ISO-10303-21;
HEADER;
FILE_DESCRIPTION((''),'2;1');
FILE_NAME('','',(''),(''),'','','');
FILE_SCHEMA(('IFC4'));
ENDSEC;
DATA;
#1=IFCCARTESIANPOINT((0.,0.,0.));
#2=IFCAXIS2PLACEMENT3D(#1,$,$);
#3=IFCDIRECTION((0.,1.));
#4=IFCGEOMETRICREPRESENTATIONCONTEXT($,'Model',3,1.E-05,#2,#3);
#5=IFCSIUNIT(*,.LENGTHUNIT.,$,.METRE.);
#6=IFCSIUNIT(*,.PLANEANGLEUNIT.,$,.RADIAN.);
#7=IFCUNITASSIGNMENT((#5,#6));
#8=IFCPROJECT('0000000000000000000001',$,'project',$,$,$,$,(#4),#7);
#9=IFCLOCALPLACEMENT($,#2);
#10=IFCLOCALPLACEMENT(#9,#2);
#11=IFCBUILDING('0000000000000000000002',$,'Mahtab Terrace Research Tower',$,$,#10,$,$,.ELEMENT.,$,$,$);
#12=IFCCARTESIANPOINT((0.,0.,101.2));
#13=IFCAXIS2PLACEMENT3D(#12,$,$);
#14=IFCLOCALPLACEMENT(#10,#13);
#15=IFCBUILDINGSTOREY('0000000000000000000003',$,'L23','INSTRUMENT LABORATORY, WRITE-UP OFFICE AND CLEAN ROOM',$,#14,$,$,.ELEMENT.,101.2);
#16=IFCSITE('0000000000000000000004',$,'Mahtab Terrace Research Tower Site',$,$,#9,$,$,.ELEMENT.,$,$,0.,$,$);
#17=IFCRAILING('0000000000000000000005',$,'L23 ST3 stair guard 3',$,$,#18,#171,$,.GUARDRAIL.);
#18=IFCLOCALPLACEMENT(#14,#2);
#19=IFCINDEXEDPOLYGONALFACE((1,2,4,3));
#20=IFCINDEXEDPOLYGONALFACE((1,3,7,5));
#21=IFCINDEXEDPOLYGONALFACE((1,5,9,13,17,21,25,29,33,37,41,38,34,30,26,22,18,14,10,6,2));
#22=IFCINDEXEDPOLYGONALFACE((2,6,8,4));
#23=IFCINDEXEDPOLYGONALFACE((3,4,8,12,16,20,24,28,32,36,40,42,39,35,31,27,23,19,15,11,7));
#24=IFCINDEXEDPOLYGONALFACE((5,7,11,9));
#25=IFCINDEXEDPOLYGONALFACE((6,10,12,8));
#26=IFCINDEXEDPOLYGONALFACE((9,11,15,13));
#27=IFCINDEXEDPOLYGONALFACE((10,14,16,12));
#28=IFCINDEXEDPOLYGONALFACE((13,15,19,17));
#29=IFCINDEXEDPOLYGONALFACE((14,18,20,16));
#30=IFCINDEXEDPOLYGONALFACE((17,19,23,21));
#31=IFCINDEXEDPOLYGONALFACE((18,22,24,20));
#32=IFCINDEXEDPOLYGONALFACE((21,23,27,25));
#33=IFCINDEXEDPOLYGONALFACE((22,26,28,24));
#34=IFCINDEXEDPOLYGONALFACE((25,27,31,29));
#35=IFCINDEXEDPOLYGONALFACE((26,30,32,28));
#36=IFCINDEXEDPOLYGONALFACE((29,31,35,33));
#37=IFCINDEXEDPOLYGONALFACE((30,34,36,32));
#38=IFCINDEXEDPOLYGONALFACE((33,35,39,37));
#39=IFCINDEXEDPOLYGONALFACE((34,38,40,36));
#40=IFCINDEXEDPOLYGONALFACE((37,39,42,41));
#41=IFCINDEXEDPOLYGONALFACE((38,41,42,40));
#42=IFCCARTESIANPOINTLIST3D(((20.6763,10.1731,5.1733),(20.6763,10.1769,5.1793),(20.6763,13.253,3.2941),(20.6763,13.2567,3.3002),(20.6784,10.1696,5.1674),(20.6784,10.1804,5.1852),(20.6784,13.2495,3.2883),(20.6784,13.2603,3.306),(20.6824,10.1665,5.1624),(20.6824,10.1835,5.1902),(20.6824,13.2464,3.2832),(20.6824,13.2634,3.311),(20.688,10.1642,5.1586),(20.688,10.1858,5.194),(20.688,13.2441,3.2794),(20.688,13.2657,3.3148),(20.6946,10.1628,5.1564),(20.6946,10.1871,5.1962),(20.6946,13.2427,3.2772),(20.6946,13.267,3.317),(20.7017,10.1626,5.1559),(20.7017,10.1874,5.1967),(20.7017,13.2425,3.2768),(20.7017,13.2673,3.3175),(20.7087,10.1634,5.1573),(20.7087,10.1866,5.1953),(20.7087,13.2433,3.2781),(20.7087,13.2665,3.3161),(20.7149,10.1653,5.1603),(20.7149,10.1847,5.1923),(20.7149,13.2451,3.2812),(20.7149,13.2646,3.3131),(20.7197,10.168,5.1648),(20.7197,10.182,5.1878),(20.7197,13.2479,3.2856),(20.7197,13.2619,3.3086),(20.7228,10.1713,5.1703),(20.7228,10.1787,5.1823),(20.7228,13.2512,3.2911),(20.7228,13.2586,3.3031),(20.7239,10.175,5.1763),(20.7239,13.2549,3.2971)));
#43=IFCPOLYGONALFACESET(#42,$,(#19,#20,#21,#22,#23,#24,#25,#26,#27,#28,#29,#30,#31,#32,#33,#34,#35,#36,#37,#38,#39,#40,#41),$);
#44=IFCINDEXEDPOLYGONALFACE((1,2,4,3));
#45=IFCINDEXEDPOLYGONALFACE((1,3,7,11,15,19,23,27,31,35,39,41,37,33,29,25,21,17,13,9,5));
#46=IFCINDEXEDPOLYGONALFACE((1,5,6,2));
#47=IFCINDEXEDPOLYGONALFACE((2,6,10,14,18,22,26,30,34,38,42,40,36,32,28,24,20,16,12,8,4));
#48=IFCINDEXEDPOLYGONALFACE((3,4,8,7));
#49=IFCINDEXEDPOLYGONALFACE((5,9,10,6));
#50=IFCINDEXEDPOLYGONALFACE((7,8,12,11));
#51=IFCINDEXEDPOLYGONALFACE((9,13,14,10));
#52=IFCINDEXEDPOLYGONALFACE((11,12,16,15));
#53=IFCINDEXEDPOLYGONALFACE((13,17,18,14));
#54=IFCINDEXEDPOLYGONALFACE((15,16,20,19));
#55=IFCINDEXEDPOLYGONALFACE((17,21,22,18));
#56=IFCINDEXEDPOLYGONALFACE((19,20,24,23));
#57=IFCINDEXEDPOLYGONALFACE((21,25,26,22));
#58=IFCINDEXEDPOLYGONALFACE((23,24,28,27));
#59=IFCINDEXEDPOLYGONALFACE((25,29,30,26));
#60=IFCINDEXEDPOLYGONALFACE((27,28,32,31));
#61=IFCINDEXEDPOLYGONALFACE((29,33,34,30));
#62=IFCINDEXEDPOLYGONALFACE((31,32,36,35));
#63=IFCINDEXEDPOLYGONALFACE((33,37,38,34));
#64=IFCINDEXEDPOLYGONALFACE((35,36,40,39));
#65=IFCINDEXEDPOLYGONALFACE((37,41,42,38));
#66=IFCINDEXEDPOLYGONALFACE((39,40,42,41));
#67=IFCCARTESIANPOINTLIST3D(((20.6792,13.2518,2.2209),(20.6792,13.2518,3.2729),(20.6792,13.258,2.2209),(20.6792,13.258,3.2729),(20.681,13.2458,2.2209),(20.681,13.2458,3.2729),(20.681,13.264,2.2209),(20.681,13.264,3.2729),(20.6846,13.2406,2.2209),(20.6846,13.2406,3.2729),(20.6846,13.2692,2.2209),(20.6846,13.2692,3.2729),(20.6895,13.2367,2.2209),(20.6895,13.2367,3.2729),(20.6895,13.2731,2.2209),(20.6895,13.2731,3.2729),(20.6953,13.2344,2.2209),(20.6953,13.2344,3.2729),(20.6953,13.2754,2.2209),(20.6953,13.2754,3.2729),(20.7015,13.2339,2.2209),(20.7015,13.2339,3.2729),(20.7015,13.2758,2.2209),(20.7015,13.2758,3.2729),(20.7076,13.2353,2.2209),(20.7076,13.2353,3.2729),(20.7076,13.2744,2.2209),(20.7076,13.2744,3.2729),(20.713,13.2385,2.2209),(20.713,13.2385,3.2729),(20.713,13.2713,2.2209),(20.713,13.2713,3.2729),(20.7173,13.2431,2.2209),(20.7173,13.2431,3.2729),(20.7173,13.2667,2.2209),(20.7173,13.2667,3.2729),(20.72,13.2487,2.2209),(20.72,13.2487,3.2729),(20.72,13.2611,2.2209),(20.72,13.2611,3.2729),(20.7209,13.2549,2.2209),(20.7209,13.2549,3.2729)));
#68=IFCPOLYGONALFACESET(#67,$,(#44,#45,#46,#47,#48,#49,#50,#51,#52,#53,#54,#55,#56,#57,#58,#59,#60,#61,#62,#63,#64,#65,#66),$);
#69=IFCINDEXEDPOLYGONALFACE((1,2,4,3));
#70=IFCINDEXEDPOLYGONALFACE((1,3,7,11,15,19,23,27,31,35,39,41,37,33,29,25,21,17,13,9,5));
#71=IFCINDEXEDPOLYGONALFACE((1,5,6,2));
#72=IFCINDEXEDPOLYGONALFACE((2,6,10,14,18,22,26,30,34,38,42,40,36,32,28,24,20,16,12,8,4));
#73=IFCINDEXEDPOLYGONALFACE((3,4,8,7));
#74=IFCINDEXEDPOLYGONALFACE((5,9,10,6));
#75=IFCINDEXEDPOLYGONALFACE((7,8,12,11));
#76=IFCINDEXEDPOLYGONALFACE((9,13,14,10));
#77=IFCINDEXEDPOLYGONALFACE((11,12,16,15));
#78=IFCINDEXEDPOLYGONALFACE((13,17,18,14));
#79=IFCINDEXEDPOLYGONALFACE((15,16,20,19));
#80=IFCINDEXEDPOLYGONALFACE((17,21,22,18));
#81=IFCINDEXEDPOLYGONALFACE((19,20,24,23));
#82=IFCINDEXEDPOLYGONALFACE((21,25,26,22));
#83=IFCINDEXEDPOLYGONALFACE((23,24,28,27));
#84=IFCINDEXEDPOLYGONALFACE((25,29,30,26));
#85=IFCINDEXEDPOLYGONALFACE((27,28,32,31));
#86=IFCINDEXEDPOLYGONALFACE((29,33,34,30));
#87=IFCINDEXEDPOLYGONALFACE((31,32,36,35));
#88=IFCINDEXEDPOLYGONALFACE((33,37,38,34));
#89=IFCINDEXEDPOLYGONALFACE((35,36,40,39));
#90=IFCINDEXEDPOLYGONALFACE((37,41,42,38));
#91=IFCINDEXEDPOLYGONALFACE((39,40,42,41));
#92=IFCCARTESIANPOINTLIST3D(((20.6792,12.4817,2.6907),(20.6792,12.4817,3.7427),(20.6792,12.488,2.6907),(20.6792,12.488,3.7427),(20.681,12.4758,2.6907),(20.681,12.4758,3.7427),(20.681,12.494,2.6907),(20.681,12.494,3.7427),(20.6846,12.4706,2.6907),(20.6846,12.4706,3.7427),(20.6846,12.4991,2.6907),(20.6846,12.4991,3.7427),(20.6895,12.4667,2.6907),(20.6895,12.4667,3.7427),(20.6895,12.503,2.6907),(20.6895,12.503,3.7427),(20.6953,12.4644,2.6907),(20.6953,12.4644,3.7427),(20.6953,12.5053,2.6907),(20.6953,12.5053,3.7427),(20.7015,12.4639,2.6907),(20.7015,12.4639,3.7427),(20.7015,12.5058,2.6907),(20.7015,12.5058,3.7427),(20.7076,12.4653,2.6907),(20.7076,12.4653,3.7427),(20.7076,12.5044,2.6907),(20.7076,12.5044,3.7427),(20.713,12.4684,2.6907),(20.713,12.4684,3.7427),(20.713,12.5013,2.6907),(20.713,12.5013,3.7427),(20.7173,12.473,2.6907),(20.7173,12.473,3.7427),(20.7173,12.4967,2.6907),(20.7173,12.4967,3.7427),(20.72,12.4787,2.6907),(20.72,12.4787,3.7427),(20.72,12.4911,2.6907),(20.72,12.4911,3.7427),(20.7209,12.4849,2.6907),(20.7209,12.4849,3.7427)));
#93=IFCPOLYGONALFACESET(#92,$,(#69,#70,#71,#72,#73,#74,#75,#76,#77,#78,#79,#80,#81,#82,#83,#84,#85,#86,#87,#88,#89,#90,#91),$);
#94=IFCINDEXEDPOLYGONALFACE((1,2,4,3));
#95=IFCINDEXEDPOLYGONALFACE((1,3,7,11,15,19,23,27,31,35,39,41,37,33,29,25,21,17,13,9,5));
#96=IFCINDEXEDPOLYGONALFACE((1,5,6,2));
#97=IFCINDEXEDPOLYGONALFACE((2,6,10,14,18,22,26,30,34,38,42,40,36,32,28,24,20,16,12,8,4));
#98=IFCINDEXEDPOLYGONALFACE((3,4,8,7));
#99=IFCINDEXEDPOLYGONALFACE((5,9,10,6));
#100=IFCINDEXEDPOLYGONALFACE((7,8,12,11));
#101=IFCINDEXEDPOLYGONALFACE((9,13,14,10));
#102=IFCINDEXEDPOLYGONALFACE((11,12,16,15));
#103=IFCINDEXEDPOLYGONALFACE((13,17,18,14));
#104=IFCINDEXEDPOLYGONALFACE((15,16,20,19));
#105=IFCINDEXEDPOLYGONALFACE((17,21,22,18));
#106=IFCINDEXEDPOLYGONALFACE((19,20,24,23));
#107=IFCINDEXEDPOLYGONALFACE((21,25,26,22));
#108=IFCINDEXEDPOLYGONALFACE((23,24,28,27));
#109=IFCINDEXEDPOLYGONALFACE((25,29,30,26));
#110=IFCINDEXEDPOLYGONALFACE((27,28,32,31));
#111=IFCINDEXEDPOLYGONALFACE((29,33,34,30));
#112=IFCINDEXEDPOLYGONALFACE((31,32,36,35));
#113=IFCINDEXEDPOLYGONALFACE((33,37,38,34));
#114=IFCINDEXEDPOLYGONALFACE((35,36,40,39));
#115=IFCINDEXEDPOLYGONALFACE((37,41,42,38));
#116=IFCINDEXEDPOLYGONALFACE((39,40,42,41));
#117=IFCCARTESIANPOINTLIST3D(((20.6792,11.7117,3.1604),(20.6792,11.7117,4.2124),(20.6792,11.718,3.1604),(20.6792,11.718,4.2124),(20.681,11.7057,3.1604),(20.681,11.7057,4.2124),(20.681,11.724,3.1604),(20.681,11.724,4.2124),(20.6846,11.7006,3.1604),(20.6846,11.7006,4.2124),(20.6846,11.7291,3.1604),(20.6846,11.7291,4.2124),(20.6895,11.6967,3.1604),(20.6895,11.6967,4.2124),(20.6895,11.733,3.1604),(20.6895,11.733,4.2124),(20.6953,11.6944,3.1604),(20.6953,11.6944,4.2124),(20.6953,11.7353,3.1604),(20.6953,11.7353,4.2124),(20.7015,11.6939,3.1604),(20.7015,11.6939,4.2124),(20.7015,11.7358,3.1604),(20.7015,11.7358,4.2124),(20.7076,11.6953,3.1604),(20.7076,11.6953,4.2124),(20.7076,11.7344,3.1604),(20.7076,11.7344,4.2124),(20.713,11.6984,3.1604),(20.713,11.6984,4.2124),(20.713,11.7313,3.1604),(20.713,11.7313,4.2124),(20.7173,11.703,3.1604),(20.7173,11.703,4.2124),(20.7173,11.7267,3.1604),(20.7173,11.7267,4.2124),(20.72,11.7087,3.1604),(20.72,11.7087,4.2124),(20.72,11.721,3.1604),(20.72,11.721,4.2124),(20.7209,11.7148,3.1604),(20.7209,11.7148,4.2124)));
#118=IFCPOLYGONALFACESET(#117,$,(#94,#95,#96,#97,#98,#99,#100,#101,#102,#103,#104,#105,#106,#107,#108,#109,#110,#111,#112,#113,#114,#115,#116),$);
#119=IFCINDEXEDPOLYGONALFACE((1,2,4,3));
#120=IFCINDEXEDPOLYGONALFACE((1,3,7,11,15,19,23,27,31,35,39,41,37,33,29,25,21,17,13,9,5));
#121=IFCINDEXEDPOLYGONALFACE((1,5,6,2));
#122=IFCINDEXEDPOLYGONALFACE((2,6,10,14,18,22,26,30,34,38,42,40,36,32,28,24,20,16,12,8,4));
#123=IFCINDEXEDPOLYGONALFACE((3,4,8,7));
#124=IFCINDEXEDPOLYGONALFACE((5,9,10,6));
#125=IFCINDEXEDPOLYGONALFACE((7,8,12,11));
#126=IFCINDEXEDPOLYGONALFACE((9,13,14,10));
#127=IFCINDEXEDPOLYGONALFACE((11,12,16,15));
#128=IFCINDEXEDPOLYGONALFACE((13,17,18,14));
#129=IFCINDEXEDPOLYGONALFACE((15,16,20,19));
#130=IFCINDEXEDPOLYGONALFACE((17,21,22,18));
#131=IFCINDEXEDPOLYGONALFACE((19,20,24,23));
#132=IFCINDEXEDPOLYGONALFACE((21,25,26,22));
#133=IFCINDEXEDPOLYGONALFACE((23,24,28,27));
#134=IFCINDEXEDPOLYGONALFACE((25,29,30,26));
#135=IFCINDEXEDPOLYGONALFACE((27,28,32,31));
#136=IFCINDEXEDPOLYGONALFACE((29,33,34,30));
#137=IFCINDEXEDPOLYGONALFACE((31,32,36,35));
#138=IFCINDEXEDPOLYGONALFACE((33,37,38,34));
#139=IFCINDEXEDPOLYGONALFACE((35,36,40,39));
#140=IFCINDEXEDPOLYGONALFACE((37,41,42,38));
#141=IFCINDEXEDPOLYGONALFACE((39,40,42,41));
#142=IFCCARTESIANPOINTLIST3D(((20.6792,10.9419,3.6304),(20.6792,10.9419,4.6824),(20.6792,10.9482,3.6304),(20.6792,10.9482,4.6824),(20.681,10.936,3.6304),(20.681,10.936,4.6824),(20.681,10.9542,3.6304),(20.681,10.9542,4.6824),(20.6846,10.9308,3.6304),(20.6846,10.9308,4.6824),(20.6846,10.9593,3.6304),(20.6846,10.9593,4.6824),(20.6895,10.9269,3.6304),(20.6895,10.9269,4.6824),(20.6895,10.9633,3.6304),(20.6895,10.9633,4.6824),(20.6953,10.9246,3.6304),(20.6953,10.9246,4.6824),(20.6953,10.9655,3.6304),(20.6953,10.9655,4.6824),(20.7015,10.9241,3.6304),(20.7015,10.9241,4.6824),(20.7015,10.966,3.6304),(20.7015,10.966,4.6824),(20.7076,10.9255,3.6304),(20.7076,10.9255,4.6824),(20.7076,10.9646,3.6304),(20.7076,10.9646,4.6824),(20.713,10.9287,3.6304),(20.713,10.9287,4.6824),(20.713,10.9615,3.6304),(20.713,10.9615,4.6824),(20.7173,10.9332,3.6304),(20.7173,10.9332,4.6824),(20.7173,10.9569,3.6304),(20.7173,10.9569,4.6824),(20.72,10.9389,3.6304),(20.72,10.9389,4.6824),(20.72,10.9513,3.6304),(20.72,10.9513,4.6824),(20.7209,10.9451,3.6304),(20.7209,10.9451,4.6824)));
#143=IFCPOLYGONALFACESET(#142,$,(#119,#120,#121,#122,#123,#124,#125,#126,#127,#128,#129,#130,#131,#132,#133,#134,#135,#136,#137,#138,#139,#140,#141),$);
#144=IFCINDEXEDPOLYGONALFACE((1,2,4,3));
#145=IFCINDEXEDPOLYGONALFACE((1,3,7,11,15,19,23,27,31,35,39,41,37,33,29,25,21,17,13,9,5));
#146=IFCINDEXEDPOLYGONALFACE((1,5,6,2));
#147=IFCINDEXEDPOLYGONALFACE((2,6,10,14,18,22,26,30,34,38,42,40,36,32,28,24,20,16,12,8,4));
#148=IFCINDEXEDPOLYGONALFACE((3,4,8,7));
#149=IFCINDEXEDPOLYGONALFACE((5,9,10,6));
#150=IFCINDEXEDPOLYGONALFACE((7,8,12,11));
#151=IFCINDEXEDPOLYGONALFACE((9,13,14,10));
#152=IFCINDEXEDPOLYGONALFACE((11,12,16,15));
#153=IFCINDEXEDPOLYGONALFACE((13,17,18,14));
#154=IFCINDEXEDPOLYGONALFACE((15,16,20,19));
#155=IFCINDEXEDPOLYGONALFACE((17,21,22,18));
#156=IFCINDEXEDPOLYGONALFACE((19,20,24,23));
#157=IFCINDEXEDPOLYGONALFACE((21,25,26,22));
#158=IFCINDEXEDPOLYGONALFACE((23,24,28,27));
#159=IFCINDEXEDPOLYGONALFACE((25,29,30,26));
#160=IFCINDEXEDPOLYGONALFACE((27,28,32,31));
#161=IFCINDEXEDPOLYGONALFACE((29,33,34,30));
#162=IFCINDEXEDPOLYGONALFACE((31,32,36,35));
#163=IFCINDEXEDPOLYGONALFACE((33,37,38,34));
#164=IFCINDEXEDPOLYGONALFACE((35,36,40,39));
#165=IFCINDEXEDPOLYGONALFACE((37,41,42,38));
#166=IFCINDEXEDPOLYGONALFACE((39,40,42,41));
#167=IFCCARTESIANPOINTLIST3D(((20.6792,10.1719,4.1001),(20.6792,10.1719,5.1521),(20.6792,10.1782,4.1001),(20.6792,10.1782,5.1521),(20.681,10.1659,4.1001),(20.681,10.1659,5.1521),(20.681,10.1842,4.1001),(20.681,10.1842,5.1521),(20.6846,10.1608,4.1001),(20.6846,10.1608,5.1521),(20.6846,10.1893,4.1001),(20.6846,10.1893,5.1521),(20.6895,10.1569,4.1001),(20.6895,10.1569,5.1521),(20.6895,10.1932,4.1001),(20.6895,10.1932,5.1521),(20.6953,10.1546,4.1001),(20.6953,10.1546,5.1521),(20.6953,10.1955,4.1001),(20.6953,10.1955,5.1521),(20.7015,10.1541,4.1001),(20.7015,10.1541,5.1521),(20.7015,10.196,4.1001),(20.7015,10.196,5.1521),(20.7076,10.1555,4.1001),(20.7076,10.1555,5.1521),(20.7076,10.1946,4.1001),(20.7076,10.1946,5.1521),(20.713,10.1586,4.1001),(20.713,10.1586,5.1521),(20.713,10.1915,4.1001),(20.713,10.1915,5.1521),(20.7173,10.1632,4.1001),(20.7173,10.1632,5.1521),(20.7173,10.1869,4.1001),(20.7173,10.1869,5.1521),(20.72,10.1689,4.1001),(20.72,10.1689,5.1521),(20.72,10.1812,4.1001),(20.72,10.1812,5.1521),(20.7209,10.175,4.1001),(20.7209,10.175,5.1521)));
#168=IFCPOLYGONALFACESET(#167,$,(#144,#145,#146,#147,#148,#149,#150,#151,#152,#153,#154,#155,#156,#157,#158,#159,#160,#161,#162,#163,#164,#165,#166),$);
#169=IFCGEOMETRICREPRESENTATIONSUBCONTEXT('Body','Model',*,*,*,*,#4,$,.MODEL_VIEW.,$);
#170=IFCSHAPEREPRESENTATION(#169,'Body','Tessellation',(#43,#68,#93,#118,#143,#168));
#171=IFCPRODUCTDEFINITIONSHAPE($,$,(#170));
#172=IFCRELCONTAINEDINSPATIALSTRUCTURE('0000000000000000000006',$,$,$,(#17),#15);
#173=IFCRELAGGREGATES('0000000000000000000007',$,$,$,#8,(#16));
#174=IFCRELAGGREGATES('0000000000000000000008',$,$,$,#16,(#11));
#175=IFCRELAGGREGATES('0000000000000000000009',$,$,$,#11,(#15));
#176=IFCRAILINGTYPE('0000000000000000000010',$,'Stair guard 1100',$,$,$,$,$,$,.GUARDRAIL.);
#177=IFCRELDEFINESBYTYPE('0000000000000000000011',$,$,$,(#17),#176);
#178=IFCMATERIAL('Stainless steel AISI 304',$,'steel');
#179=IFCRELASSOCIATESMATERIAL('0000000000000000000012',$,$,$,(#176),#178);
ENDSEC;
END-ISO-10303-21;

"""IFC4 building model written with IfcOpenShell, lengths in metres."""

from ifc_helpers import new_model, si_unit, direction, frame, origin, origin_2d, place, context, subcontext, project, spatial, circle, extrude, material, type_object, element, save


model = new_model("IFC4")

# Units and contexts
model_context = context("Model", 3, precision=1e-05, world=origin(), true_north=direction((0.0, 1.0)))
body_context = subcontext(model_context, "Body", "Model", "MODEL_VIEW")
ifc_project = project(units=[si_unit("LENGTHUNIT", "METRE"), si_unit("PLANEANGLEUNIT", "RADIAN")], contexts=[model_context])

# Site, building, storey
site_placement = place(None, origin())
site = spatial("IfcSite", under=ifc_project, at=site_placement, Name="Mahtab Terrace Research Tower Site", CompositionType="ELEMENT", RefElevation=0.0)
building_placement = place(site_placement, origin())
building = spatial("IfcBuilding", under=site, at=building_placement, Name="Mahtab Terrace Research Tower", CompositionType="ELEMENT")
storey_placement = place(building_placement, frame((0.0, 0.0, 101.2)))
storey = spatial("IfcBuildingStorey", under=building, at=storey_placement, Name="L23", Description="INSTRUMENT LABORATORY, WRITE-UP OFFICE AND CLEAN ROOM", CompositionType="ELEMENT", Elevation=101.2)

# Shared definitions
ifc_material_1 = material(Name="Stainless steel AISI 304", Category="steel")

# Railing
railing_type_1 = type_object("IfcRailingType", Name="Stair guard 1100", PredefinedType="GUARDRAIL", material=ifc_material_1)
railing_1_placement = place(storey_placement, frame((20.7, 13.2549, 2.2209)))
element("IfcRailing", 1, at=railing_1_placement, inside=storey, type_object=railing_type_1, Name="L23 ST3 stair guard 3", PredefinedType="GUARDRAIL", context=body_context, shape_type="SweptSolid", body=[
    extrude(circle(Radius=0.0239, at=origin_2d()), frame((0.0, 0.0, 1.0762), z_axis=(0.0, -0.853648, 0.52085), x_axis=(1.0, 0.0, 0.0)), (0.0, 0.0, 1.0), 3.6079),
    extrude(circle(Radius=0.021, at=origin_2d()), origin(), (0.0, 0.0, 1.0), 1.052),
    extrude(circle(Radius=0.021, at=origin_2d()), frame((0.0, -0.77, 0.4697)), (0.0, 0.0, 1.0), 1.052),
    extrude(circle(Radius=0.021, at=origin_2d()), frame((0.0, -1.54, 0.9395)), (0.0, 0.0, 1.0), 1.052),
    extrude(circle(Radius=0.021, at=origin_2d()), frame((0.0, -2.3098, 1.4094)), (0.0, 0.0, 1.0), 1.052),
    extrude(circle(Radius=0.021, at=origin_2d()), frame((0.0, -3.0798, 1.8792)), (0.0, 0.0, 1.0), 1.052),
])

save(model, "model.ifc")
